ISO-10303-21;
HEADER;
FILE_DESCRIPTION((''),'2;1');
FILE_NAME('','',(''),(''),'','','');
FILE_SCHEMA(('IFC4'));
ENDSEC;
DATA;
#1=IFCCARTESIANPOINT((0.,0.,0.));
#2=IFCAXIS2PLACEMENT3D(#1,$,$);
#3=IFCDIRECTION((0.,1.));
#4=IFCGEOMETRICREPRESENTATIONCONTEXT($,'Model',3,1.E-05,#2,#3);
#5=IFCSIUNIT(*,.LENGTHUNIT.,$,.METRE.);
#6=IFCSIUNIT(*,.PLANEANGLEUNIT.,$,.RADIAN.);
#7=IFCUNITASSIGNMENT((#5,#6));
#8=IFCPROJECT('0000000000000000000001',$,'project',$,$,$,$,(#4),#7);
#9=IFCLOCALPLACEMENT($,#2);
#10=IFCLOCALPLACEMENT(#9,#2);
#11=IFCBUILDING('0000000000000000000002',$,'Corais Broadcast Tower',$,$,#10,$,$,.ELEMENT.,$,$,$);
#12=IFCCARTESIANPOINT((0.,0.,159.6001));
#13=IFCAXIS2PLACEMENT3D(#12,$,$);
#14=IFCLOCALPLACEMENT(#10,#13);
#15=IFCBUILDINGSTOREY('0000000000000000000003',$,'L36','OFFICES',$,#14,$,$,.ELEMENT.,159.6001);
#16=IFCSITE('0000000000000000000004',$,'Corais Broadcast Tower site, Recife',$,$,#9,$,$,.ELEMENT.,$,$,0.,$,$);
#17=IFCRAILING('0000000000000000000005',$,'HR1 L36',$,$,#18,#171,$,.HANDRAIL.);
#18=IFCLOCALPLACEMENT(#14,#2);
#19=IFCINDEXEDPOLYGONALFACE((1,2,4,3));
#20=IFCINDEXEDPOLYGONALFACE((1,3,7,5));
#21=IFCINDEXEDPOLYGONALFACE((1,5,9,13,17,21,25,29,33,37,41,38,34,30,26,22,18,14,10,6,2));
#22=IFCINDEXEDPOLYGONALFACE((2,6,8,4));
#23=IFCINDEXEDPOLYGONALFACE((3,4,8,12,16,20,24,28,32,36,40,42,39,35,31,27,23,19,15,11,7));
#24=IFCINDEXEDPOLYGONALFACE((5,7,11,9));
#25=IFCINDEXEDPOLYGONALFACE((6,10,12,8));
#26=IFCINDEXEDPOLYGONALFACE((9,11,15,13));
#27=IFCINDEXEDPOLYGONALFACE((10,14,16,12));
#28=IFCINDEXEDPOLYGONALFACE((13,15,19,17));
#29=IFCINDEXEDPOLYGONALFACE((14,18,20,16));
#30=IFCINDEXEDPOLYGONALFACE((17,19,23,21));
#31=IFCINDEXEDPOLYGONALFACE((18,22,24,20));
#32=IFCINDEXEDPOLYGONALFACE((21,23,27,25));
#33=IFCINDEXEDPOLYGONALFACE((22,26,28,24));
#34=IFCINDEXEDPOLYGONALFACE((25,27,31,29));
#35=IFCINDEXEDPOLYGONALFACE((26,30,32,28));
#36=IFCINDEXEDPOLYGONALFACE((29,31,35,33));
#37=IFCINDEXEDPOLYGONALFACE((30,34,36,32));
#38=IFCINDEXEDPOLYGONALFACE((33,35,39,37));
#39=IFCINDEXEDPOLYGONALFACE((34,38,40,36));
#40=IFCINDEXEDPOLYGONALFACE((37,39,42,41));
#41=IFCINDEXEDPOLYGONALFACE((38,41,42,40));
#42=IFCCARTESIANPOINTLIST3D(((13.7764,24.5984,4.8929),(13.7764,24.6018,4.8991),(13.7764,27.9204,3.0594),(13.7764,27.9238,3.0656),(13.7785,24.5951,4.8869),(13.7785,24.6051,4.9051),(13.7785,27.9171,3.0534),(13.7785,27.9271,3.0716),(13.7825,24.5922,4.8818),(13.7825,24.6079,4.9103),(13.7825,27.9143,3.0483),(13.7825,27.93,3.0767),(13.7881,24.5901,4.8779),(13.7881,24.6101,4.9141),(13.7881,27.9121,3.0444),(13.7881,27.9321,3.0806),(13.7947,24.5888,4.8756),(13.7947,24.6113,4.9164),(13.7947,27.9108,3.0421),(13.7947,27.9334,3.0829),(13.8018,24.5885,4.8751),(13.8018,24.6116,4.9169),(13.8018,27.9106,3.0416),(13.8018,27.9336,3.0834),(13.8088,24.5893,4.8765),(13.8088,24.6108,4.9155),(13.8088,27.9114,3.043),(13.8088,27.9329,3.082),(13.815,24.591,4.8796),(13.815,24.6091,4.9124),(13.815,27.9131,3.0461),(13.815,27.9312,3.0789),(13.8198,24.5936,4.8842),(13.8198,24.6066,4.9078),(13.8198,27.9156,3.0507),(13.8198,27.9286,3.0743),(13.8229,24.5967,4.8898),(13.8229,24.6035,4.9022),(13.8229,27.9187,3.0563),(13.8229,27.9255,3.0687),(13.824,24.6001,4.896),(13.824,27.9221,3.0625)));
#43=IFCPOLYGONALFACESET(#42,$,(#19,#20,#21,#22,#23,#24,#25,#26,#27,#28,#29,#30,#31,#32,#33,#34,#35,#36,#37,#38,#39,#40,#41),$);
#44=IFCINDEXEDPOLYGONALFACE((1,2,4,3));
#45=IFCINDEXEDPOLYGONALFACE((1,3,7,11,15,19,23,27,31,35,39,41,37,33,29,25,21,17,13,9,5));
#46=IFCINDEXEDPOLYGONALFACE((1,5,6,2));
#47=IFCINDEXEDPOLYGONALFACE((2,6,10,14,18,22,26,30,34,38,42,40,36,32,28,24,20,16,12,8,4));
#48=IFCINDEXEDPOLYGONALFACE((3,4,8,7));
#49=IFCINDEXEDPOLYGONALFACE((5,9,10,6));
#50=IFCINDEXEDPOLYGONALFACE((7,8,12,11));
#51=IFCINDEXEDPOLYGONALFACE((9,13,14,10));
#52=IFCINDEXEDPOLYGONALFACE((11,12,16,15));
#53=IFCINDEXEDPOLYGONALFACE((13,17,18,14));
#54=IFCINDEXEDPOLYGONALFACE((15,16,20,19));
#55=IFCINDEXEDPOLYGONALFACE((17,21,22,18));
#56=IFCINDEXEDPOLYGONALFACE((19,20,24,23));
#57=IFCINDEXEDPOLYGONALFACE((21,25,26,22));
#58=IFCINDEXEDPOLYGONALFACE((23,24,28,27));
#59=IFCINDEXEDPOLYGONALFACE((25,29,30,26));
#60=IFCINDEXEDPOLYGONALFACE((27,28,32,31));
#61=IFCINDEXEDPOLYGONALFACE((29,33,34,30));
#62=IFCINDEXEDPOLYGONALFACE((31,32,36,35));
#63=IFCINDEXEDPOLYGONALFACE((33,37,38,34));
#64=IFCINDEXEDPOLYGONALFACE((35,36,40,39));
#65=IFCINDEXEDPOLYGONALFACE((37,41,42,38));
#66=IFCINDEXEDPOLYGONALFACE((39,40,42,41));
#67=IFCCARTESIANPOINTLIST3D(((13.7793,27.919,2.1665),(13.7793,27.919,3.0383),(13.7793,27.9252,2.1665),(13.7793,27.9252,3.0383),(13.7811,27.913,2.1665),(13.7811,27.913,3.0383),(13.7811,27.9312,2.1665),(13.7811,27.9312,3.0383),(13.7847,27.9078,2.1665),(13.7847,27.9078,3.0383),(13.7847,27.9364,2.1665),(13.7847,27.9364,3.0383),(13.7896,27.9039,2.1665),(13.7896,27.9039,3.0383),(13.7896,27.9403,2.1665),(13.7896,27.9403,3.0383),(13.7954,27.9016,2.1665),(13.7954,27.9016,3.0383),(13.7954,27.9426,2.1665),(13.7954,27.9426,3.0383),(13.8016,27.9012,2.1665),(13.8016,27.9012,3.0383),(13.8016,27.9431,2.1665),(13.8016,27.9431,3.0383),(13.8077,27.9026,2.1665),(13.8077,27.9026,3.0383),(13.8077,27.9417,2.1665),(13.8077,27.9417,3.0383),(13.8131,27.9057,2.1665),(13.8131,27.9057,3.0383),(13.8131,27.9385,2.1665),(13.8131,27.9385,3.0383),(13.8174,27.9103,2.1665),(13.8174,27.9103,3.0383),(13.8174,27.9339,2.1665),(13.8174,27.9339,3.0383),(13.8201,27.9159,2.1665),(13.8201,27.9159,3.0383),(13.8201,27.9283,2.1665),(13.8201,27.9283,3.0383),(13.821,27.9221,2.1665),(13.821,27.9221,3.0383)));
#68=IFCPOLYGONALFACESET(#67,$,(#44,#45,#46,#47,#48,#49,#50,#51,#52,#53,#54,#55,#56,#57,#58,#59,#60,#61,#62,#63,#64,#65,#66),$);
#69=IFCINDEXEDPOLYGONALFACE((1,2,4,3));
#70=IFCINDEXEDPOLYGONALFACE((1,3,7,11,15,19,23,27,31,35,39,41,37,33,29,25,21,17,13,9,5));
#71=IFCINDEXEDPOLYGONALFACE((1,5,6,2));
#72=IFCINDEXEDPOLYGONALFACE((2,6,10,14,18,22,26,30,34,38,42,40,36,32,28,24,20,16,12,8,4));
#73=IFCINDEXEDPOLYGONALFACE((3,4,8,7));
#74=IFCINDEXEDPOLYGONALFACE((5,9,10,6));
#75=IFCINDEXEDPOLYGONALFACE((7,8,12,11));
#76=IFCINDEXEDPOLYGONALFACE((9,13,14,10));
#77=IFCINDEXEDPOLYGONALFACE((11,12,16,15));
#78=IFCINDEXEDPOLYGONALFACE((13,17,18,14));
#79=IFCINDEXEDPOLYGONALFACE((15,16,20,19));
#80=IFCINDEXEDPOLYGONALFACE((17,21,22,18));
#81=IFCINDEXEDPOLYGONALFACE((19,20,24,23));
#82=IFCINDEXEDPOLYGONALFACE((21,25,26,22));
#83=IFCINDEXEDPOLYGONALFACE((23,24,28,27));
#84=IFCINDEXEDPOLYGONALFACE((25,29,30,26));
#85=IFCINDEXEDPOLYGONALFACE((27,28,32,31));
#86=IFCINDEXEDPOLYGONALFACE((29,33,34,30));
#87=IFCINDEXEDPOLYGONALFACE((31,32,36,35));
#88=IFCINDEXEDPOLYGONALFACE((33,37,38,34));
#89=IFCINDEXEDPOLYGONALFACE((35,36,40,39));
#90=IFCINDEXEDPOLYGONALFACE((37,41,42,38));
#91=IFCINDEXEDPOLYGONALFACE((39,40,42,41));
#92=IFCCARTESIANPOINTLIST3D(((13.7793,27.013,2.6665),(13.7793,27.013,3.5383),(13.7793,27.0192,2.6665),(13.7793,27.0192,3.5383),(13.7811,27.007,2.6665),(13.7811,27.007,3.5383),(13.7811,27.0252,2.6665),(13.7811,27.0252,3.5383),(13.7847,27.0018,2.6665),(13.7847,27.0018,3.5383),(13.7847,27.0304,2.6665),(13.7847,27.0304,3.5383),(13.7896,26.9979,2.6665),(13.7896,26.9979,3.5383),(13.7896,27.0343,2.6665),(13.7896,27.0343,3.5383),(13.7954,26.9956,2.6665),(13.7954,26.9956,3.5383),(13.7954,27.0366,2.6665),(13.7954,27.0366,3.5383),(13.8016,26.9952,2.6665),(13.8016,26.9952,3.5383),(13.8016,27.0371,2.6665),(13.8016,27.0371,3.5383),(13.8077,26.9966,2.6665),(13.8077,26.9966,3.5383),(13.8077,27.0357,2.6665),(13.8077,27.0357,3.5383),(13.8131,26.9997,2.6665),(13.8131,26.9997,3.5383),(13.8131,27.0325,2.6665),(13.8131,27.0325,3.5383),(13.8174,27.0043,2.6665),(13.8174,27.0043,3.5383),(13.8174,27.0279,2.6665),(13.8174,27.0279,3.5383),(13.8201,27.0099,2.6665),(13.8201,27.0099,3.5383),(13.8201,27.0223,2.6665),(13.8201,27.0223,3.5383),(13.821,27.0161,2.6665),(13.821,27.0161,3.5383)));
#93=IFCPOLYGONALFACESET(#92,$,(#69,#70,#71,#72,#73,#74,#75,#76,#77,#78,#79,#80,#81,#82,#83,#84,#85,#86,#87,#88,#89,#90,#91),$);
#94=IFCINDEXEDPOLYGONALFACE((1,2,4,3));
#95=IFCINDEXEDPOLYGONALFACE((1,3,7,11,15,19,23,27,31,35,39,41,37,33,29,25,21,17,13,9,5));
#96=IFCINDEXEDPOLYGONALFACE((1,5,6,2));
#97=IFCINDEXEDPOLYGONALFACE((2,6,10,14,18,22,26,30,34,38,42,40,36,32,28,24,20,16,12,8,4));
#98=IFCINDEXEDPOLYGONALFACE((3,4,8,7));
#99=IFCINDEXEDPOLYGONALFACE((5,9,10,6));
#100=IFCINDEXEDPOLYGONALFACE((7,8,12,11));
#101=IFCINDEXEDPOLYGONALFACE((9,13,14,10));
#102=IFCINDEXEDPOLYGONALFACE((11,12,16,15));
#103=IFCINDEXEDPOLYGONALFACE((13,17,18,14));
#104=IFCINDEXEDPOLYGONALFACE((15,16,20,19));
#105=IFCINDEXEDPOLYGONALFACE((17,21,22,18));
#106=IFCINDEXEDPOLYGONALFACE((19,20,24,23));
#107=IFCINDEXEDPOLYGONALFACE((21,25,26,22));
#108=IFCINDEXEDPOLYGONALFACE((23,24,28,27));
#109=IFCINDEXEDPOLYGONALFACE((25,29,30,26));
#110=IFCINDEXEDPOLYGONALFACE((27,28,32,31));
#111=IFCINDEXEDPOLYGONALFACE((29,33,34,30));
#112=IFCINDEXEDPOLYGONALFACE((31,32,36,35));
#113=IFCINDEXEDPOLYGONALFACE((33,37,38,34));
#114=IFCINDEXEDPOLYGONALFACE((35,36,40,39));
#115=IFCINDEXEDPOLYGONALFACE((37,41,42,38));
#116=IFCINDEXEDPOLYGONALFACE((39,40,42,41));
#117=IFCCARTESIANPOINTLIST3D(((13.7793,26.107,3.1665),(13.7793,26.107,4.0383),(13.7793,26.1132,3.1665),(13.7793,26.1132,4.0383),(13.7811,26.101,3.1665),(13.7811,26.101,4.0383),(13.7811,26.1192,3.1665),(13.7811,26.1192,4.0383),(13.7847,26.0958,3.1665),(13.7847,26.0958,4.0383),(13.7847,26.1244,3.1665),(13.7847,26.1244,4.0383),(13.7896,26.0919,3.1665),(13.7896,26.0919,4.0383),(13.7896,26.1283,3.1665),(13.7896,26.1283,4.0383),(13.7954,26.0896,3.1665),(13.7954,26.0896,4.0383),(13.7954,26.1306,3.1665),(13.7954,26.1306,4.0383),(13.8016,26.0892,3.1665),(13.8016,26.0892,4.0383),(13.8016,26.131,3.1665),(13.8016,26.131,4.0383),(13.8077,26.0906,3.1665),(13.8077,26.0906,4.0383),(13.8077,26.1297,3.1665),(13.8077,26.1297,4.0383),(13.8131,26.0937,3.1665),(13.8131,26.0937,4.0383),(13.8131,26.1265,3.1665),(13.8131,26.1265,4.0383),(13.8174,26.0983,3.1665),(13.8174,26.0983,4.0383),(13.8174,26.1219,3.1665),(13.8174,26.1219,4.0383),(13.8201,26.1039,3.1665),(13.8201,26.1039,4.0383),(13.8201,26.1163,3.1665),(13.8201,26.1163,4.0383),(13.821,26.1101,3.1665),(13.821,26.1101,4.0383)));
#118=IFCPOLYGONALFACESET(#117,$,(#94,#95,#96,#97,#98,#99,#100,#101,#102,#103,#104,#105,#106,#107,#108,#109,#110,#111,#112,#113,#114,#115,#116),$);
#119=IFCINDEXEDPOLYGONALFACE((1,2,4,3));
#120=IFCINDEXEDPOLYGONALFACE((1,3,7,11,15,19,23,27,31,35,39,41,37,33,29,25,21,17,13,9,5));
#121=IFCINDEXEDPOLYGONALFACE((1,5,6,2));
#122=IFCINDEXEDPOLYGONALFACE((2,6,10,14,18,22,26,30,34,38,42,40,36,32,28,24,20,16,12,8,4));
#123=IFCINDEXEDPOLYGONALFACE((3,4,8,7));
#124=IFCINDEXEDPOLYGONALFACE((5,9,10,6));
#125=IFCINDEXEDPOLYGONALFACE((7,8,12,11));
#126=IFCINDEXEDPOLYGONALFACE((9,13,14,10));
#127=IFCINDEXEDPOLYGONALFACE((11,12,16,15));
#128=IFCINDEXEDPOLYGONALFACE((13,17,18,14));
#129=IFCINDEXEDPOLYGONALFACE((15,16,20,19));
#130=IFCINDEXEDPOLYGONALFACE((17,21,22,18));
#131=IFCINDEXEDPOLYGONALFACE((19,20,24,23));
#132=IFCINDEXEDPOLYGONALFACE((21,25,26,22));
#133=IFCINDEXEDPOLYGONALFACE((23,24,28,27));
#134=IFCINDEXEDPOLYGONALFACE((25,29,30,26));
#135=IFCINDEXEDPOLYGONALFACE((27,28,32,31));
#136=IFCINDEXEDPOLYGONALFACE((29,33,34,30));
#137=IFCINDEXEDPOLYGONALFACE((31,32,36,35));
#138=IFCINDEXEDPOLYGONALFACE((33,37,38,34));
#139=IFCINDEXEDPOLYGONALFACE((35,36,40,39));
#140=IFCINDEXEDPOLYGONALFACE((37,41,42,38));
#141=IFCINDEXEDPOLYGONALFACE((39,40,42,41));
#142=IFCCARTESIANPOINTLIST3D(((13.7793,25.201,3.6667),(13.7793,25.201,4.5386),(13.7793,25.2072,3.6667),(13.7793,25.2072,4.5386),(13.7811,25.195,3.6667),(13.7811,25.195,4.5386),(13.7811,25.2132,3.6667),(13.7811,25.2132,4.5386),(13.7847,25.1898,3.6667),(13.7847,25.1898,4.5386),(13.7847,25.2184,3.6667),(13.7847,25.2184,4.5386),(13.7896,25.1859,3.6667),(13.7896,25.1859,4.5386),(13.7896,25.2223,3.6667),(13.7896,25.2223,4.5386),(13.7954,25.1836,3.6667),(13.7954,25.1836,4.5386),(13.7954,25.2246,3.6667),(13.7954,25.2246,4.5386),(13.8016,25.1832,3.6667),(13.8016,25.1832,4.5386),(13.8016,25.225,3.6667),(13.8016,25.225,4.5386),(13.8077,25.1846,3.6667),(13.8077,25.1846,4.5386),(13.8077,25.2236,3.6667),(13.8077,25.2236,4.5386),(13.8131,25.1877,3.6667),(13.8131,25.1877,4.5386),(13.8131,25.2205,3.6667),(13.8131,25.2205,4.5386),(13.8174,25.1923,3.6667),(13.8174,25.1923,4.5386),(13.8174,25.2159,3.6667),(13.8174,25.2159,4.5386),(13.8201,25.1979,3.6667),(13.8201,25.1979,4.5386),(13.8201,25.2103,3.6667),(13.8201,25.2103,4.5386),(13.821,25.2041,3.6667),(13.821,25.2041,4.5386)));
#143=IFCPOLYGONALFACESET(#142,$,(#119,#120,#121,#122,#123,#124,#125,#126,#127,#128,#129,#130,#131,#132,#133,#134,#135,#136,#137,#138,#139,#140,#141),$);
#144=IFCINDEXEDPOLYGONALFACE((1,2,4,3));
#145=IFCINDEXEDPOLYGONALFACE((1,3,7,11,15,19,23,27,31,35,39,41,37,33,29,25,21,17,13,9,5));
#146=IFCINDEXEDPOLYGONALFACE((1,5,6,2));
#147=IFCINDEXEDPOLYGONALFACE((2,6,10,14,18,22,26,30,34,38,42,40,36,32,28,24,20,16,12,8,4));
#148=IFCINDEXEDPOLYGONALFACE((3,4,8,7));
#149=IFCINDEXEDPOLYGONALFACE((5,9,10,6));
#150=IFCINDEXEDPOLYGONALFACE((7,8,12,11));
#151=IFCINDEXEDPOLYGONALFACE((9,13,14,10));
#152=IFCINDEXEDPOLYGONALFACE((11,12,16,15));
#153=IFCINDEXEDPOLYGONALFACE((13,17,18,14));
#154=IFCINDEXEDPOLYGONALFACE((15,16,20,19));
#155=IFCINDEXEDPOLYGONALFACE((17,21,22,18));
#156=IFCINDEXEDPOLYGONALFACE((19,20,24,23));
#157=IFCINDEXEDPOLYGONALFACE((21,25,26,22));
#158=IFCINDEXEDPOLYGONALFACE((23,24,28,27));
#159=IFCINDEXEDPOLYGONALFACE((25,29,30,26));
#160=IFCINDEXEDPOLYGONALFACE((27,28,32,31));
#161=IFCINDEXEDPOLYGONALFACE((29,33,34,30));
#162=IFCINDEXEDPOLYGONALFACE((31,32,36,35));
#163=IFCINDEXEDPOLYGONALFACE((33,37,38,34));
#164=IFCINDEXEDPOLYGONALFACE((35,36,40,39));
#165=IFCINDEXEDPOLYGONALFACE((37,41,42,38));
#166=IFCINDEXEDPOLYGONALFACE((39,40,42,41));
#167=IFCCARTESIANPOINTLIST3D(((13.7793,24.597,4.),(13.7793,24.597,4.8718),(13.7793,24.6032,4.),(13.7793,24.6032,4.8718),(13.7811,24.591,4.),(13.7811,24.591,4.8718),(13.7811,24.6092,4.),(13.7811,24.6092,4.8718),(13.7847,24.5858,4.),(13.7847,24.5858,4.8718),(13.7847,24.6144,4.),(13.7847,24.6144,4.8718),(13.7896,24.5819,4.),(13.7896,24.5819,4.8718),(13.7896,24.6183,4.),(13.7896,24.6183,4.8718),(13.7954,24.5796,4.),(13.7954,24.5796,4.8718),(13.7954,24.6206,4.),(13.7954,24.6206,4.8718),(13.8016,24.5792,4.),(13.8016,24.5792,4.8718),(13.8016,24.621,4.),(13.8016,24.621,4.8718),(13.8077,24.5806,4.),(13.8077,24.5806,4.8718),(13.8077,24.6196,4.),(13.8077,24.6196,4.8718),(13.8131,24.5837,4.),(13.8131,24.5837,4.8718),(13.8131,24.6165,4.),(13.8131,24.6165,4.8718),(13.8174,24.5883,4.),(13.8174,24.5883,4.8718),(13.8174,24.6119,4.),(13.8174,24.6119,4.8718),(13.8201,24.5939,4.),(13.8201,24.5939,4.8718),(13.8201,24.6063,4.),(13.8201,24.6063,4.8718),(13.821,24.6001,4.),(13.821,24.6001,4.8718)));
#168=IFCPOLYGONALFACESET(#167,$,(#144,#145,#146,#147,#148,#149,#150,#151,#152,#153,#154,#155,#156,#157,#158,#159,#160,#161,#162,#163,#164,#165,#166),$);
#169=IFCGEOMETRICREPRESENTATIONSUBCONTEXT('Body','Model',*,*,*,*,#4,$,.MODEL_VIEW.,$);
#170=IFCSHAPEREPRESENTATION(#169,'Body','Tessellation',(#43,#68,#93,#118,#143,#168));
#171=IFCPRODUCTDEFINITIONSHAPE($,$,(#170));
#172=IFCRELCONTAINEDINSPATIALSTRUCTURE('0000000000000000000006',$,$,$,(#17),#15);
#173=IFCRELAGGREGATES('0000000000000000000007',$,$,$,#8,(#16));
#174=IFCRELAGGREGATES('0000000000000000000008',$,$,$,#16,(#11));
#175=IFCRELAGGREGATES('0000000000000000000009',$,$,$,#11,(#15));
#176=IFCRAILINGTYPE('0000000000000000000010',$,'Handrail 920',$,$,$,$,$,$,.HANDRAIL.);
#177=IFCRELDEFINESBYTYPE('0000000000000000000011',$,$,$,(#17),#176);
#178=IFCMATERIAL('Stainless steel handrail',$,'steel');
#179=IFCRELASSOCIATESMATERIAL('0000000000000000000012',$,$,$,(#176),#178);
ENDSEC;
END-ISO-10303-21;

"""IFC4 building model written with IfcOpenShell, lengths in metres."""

from ifc_helpers import new_model, si_unit, direction, frame, origin, origin_2d, place, context, subcontext, project, spatial, circle, extrude, material, type_object, element, save


model = new_model("IFC4")

# Units and contexts
model_context = context("Model", 3, precision=1e-05, world=origin(), true_north=direction((0.0, 1.0)))
body_context = subcontext(model_context, "Body", "Model", "MODEL_VIEW")
ifc_project = project(units=[si_unit("LENGTHUNIT", "METRE"), si_unit("PLANEANGLEUNIT", "RADIAN")], contexts=[model_context])

# Site, building, storey
site_placement = place(None, origin())
site = spatial("IfcSite", under=ifc_project, at=site_placement, Name="Corais Broadcast Tower site, Recife", CompositionType="ELEMENT", RefElevation=0.0)
building_placement = place(site_placement, origin())
building = spatial("IfcBuilding", under=site, at=building_placement, Name="Corais Broadcast Tower", CompositionType="ELEMENT")
storey_placement = place(building_placement, frame((0.0, 0.0, 159.6001)))
storey = spatial("IfcBuildingStorey", under=building, at=storey_placement, Name="L36", Description="OFFICES", CompositionType="ELEMENT", Elevation=159.6001)

# Railing
ifc_material_1 = material(Name="Stainless steel handrail", Category="steel")
railing_type = type_object("IfcRailingType", Name="Handrail 920", PredefinedType="HANDRAIL", material=ifc_material_1)
for number, where, name in (
    (1, (13.8, 27.9221, 2.1665), "HR1 L36"),
):
    element("IfcRailing", number, at=place(storey_placement, frame(where)), inside=storey, type_object=railing_type, Name=name, PredefinedType="HANDRAIL", context=body_context, shape_type="SweptSolid", body=[
        extrude(circle(Radius=0.0239, at=origin_2d()), frame((0.0, 0.0, 0.896), z_axis=(0.0, -0.875504, 0.48321), x_axis=(1.0, 0.0, 0.0)), (0.0, 0.0, 1.0), 3.7944),
        extrude(circle(Radius=0.021, at=origin_2d()), origin(), (0.0, 0.0, 1.0), 0.8718),
        extrude(circle(Radius=0.021, at=origin_2d()), frame((0.0, -0.906, 0.5)), (0.0, 0.0, 1.0), 0.8718),
        extrude(circle(Radius=0.021, at=origin_2d()), frame((0.0, -1.812, 1.0)), (0.0, 0.0, 1.0), 0.8718),
        extrude(circle(Radius=0.021, at=origin_2d()), frame((0.0, -2.718, 1.5002)), (0.0, 0.0, 1.0), 0.8718),
        extrude(circle(Radius=0.021, at=origin_2d()), frame((0.0, -3.322, 1.8335)), (0.0, 0.0, 1.0), 0.8718),
    ])

save(model, "model.ifc")
